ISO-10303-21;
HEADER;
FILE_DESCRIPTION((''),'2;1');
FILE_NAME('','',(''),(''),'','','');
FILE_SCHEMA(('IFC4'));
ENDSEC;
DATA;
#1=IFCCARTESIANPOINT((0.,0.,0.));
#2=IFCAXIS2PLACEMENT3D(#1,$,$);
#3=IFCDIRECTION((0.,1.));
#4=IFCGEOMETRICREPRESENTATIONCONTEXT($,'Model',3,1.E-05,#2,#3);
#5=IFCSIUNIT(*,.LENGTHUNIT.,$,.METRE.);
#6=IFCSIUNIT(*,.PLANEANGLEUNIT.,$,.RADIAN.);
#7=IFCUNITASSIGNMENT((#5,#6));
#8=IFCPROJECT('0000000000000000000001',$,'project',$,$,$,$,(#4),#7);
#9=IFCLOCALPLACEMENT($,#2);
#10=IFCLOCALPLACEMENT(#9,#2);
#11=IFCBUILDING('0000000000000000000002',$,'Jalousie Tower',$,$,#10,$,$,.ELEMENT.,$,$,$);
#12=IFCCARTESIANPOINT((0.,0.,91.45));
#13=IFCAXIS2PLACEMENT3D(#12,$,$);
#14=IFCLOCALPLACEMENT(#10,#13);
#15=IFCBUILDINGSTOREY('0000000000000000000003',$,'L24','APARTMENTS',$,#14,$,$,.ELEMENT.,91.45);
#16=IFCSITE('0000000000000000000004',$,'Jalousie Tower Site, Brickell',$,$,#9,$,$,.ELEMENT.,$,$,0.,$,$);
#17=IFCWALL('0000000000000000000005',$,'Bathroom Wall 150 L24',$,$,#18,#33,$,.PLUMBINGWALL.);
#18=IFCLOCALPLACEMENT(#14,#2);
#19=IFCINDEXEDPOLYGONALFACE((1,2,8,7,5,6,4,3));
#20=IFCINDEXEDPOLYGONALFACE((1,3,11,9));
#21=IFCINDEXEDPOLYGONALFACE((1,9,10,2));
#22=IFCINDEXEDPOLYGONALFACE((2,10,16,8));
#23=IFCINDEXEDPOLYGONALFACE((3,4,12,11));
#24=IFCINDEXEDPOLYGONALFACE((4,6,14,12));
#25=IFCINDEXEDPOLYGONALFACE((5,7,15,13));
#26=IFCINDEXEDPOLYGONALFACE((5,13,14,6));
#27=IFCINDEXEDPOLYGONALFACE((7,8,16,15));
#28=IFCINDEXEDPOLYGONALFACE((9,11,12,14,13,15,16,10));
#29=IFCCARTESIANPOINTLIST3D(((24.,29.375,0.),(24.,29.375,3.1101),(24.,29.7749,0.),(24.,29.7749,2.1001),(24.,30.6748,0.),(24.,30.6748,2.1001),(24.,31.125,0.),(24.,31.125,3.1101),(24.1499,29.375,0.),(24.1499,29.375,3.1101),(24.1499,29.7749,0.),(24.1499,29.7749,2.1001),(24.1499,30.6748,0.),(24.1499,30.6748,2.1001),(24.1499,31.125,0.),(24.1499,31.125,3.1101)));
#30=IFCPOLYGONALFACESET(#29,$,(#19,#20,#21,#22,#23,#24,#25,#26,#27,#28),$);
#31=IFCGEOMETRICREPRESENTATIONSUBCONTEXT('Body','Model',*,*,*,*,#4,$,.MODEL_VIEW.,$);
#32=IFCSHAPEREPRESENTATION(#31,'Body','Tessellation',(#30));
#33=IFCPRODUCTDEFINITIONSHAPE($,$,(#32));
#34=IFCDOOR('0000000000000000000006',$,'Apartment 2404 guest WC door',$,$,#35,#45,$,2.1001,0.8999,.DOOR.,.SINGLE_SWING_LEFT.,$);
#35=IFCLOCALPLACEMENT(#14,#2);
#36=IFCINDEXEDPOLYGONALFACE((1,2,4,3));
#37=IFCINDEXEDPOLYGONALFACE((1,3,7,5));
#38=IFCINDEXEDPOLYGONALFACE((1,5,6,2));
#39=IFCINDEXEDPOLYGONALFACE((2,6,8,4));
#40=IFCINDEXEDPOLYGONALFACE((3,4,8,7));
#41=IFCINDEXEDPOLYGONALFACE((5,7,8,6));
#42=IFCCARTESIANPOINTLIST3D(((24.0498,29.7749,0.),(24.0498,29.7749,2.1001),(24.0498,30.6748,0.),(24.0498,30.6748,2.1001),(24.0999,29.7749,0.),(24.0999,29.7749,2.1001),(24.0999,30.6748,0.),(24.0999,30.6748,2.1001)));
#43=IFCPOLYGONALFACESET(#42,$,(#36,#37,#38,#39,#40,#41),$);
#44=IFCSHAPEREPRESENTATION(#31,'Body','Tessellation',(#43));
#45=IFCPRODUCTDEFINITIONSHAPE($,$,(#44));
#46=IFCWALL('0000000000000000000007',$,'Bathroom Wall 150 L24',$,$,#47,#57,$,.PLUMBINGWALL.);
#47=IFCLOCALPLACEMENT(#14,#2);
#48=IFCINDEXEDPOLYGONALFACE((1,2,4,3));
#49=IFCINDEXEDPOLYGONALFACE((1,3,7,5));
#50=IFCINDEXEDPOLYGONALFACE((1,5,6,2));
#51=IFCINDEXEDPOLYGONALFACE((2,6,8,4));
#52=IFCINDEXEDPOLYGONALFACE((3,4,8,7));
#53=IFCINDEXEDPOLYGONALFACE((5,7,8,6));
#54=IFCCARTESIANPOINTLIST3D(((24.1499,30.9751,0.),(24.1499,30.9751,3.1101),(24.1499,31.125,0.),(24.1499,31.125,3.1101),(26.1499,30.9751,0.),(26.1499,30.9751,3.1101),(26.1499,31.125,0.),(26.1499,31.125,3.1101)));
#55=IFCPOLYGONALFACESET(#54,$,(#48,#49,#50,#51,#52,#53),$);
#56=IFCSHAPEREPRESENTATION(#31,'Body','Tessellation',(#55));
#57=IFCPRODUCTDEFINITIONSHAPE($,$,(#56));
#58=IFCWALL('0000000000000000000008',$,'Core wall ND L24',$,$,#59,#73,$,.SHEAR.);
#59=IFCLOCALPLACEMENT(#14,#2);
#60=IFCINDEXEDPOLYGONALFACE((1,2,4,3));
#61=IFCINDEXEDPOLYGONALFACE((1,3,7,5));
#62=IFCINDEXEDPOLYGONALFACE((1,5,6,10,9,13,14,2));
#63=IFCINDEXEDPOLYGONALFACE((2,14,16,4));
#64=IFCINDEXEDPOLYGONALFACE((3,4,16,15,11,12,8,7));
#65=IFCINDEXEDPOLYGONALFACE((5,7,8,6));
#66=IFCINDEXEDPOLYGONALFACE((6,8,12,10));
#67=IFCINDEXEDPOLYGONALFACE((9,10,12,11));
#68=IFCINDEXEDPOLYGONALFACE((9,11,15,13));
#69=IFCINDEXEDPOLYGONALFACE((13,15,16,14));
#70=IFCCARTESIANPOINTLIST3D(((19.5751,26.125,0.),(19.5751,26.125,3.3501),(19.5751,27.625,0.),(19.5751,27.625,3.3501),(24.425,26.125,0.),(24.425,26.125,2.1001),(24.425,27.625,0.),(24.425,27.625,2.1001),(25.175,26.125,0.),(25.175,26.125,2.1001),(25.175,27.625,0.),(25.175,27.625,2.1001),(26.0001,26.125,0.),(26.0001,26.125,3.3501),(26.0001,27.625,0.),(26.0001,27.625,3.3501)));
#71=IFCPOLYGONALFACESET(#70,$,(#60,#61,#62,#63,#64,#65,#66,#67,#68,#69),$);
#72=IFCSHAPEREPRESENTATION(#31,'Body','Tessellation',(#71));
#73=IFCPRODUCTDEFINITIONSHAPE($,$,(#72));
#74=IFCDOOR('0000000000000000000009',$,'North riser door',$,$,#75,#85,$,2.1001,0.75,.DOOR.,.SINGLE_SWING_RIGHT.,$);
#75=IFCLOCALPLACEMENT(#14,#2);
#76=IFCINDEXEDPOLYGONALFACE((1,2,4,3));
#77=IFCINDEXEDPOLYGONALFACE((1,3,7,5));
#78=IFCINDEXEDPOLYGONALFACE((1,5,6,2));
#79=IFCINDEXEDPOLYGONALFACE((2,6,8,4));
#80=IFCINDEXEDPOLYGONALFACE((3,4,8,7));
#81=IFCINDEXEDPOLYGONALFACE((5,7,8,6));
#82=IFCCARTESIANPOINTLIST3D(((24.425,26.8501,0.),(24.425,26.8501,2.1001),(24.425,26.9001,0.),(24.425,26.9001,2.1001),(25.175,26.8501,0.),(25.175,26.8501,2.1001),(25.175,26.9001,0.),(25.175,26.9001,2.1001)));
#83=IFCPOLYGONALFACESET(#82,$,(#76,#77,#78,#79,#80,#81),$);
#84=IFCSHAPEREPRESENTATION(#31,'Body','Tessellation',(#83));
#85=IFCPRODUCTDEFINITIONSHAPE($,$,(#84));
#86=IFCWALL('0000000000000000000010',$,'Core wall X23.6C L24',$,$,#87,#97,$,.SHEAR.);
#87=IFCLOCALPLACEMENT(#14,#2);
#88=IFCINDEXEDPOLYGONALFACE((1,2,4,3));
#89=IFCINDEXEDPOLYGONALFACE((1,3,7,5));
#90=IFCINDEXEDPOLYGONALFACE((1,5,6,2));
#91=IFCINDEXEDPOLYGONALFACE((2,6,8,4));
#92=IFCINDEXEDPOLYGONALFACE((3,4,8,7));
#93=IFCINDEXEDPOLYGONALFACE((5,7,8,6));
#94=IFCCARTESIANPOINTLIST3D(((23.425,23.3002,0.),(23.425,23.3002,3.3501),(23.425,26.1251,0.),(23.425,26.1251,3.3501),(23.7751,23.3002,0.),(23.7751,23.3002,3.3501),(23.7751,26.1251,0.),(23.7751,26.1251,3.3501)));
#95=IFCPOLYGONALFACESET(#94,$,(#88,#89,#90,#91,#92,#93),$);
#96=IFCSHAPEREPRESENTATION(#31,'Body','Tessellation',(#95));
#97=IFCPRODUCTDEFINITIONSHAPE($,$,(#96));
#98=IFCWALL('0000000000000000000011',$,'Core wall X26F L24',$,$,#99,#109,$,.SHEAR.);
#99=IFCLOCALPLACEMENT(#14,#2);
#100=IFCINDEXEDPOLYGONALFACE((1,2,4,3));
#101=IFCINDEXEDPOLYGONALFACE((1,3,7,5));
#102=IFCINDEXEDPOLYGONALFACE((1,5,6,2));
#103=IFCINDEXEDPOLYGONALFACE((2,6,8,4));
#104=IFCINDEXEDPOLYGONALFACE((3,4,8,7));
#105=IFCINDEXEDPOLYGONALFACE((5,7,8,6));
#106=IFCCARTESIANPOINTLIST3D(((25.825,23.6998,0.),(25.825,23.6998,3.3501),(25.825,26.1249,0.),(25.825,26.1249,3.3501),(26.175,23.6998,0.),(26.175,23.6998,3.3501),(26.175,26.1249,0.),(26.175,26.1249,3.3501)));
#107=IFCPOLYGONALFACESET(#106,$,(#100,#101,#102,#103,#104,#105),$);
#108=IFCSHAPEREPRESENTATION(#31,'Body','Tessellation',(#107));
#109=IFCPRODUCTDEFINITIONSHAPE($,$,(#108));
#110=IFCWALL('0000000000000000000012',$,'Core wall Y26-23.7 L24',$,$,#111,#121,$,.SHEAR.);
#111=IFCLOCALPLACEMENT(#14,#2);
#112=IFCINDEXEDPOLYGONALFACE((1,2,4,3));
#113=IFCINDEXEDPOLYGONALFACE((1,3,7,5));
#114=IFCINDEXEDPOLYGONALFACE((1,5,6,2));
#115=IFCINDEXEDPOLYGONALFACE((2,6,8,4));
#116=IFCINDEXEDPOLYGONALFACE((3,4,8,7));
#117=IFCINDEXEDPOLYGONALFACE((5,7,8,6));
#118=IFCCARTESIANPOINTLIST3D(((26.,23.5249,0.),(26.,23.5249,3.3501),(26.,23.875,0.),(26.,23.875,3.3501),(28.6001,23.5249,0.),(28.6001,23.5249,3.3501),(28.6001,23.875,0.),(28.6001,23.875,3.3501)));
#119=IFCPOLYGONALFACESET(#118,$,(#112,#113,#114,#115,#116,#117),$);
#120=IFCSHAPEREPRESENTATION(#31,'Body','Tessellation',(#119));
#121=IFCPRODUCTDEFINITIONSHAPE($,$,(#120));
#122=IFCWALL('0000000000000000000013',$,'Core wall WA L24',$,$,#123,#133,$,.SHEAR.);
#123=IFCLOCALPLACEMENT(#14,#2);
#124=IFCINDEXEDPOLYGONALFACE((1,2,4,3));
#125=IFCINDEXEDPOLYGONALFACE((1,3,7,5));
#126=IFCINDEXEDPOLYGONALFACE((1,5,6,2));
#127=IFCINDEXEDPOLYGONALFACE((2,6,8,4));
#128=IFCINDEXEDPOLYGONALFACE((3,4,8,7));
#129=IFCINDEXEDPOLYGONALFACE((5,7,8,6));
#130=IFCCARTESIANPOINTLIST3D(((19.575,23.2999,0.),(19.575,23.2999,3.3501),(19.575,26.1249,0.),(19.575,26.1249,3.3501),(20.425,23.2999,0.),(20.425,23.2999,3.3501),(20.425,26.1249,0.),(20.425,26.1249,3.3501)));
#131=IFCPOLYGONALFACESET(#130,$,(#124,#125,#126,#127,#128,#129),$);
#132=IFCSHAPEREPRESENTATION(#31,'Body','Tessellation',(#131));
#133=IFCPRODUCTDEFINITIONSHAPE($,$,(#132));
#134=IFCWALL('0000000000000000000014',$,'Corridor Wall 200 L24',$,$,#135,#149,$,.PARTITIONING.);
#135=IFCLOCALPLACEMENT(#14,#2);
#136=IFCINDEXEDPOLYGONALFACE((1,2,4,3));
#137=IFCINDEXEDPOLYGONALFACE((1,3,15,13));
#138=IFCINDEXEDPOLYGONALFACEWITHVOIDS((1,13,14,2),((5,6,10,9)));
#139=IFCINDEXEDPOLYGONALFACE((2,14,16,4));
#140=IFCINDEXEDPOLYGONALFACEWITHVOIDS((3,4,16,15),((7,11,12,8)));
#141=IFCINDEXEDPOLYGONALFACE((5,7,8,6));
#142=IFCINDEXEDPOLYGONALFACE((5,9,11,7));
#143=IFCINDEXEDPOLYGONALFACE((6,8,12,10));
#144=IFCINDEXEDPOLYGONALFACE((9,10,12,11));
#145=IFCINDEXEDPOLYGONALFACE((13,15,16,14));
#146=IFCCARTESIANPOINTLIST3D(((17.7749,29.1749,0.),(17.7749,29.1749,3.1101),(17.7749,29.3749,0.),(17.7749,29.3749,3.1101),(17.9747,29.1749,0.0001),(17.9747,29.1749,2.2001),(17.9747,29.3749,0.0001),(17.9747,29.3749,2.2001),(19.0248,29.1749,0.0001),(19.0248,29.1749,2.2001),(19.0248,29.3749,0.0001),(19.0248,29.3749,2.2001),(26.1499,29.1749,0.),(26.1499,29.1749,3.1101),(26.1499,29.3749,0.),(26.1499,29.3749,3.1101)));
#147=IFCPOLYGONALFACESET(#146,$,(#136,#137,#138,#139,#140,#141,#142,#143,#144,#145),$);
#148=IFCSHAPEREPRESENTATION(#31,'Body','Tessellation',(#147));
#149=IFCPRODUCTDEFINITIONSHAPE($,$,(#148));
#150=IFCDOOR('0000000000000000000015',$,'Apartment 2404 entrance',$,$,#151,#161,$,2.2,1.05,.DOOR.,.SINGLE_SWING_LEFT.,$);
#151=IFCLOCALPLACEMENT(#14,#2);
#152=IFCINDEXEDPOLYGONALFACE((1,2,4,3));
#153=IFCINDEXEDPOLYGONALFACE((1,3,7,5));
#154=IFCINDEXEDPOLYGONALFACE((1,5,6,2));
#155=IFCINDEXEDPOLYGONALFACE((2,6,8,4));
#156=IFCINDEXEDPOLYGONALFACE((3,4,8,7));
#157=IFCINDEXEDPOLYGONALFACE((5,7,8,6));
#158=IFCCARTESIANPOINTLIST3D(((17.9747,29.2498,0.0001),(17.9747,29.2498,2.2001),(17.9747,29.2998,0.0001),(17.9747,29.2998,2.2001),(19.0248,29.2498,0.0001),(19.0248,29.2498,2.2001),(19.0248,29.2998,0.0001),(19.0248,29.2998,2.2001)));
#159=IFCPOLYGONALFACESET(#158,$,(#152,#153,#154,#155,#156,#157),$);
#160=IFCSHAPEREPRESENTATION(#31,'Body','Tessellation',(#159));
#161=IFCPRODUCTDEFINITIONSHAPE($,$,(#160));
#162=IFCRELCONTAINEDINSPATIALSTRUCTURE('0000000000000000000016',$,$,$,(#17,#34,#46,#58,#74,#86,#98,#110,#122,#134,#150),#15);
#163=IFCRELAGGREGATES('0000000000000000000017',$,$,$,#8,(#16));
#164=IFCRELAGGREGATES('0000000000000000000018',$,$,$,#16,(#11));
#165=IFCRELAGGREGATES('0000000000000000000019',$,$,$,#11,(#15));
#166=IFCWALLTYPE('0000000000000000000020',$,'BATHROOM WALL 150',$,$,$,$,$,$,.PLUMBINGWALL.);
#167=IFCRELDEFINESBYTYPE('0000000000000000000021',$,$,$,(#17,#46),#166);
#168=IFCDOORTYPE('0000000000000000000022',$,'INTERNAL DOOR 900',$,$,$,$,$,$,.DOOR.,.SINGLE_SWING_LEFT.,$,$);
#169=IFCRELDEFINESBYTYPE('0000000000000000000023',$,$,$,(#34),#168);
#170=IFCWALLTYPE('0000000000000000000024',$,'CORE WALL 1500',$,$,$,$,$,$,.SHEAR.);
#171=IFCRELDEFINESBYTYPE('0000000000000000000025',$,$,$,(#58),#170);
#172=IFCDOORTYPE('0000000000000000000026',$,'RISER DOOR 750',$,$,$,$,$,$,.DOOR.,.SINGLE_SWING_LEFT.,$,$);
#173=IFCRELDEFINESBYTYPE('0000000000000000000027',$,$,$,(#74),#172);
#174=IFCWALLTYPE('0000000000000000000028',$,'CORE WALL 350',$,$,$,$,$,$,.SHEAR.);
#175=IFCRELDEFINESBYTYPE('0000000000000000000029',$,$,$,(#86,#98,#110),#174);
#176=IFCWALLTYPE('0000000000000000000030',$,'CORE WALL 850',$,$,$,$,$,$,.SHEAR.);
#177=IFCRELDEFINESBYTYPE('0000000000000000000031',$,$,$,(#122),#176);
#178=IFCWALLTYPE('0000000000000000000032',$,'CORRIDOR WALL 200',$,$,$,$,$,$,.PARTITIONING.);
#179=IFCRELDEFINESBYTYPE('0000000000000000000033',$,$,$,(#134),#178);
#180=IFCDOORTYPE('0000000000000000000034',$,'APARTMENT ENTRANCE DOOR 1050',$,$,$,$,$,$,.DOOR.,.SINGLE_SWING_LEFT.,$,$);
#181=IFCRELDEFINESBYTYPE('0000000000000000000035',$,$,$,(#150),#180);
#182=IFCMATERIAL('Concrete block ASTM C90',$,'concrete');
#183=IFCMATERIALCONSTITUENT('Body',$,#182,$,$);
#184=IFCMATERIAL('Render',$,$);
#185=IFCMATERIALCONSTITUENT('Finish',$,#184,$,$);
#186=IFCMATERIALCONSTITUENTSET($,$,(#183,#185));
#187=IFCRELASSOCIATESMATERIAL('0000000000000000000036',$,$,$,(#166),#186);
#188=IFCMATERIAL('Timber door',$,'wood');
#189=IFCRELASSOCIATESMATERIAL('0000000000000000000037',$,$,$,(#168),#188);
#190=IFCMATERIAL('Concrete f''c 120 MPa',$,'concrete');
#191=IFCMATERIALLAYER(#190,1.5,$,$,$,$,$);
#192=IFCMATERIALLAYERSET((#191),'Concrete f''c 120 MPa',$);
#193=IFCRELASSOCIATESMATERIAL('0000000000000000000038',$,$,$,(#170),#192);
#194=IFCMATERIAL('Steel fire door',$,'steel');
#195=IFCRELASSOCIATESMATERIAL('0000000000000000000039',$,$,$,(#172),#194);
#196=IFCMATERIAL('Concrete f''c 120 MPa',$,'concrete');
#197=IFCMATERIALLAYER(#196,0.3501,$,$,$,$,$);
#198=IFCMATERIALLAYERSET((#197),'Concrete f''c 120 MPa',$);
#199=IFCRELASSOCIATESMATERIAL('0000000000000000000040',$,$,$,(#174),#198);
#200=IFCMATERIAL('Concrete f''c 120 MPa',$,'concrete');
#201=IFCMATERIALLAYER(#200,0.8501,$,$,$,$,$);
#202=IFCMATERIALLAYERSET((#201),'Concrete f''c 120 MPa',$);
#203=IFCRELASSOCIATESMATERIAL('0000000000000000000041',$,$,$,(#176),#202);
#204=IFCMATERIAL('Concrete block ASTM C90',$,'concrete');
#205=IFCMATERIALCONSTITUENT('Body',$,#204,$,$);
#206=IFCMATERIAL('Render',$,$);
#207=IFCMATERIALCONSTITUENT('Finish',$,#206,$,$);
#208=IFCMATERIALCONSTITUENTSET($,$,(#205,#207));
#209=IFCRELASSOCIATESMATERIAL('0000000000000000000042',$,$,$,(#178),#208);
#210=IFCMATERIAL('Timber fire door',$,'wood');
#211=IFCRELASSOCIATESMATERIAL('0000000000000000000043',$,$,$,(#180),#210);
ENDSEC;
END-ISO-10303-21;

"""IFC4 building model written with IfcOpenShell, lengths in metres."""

from ifc_helpers import new_model, si_unit, direction, frame, frame_2d, origin, place, context, subcontext, project, spatial, rectangle, extrude, material, layer, layer_set, constituent, constituent_set, type_object, element, fill, save


model = new_model("IFC4")

# Units and contexts
model_context = context("Model", 3, precision=1e-05, world=origin(), true_north=direction((0.0, 1.0)))
body_context = subcontext(model_context, "Body", "Model", "MODEL_VIEW")
ifc_project = project(units=[si_unit("LENGTHUNIT", "METRE"), si_unit("PLANEANGLEUNIT", "RADIAN")], contexts=[model_context])

# Site, building, storey
site_placement = place(None, origin())
site = spatial("IfcSite", under=ifc_project, at=site_placement, Name="Jalousie Tower Site, Brickell", CompositionType="ELEMENT", RefElevation=0.0)
building_placement = place(site_placement, origin())
building = spatial("IfcBuilding", under=site, at=building_placement, Name="Jalousie Tower", CompositionType="ELEMENT")
storey_placement = place(building_placement, frame((0.0, 0.0, 91.45)))
storey = spatial("IfcBuildingStorey", under=building, at=storey_placement, Name="L24", Description="APARTMENTS", CompositionType="ELEMENT", Elevation=91.45)

# Wall, opening, door
ifc_material_1 = material(Name="Concrete block ASTM C90", Category="concrete")
ifc_constituent_1 = constituent(ifc_material_1, Name="Body")
ifc_material_2 = material(Name="Render")
ifc_constituent_2 = constituent(ifc_material_2, Name="Finish")
ifc_constituent_set_1 = constituent_set(constituents=[ifc_constituent_1, ifc_constituent_2])
wall_type_1 = type_object("IfcWallType", Name="BATHROOM WALL 150", PredefinedType="PLUMBINGWALL", material=ifc_constituent_set_1)
wall_1_placement = place(storey_placement, frame((24.075, 29.375, 0.0), z_axis=(0.0, 0.0, 1.0), x_axis=(0.0, 1.0, 0.0)))
wall_1 = element("IfcWall", 1, at=wall_1_placement, inside=storey, type_object=wall_type_1, Name="Bathroom Wall 150 L24", PredefinedType="PLUMBINGWALL", context=body_context, shape_type="SweptSolid", body=[
    extrude(rectangle(XDim=1.75, YDim=0.1499, at=frame_2d((0.875, 0.0))), origin(), (0.0, 0.0, 1.0), 3.1101),
])
opening_1_placement = place(wall_1_placement, frame((0.3999, 0.0, 0.0)))
opening_1 = element("IfcOpeningElement", 2, at=opening_1_placement, cuts=wall_1, PredefinedType="OPENING", context=body_context, shape_type="SweptSolid", body=[
    extrude(rectangle(XDim=0.8999, YDim=2.1001, at=frame_2d((0.45, 1.05))), frame((0.0, 0.085, 0.0), z_axis=(0.0, -1.0, 0.0), x_axis=(1.0, 0.0, 0.0)), (0.0, 0.0, 1.0), 0.1699),
])
ifc_material_3 = material(Name="Timber door", Category="wood")
door_type_1 = type_object("IfcDoorType", Name="INTERNAL DOOR 900", OperationType="SINGLE_SWING_LEFT", PredefinedType="DOOR", material=ifc_material_3)
door_1_placement = place(opening_1_placement, frame((0.8999, 0.0, 0.0), z_axis=(0.0, 0.0, 1.0), x_axis=(-1.0, 0.0, 0.0)))
door_1 = element("IfcDoor", 3, at=door_1_placement, inside=storey, type_object=door_type_1, Name="Apartment 2404 guest WC door", OperationType="SINGLE_SWING_LEFT", OverallHeight=2.1001, OverallWidth=0.8999, PredefinedType="DOOR", context=body_context, shape_type="SweptSolid", body=[
    extrude(rectangle(XDim=0.8999, YDim=2.1001, at=frame_2d((0.45, 1.05))), frame((0.0, 0.0249, 0.0), z_axis=(0.0, -1.0, 0.0), x_axis=(1.0, 0.0, 0.0)), (0.0, 0.0, 1.0), 0.05),
])
fill(opening_1, door_1)

# Wall
wall_2_placement = place(storey_placement, frame((26.1499, 31.05, 0.0), z_axis=(0.0, 0.0, 1.0), x_axis=(-1.0, 0.0, 0.0)))
element("IfcWall", 4, at=wall_2_placement, inside=storey, type_object=wall_type_1, Name="Bathroom Wall 150 L24", PredefinedType="PLUMBINGWALL", context=body_context, shape_type="SweptSolid", body=[
    extrude(rectangle(XDim=2.0, YDim=0.1499, at=frame_2d((1.0, 0.0))), origin(), (0.0, 0.0, 1.0), 3.1101),
])

# Wall, opening, door
ifc_material_4 = material(Name="Concrete f'c 120 MPa", Category="concrete")
ifc_layer_1 = layer(ifc_material_4, 1.5)
ifc_layer_set_1 = layer_set([ifc_layer_1], Name="Concrete f'c 120 MPa")
wall_type_2 = type_object("IfcWallType", Name="CORE WALL 1500", PredefinedType="SHEAR", material=ifc_layer_set_1)
wall_3_placement = place(storey_placement, frame((26.0, 26.875, 0.0), z_axis=(0.0, 0.0, 1.0), x_axis=(-1.0, 0.0, 0.0)))
wall_3 = element("IfcWall", 5, at=wall_3_placement, inside=storey, type_object=wall_type_2, Name="Core wall ND L24", PredefinedType="SHEAR", context=body_context, shape_type="SweptSolid", body=[
    extrude(rectangle(XDim=6.425, YDim=1.5, at=frame_2d((3.2124, 0.0))), origin(), (0.0, 0.0, 1.0), 3.3501),
])
opening_2_placement = place(wall_3_placement, frame((0.825, 0.0, 0.0)))
opening_2 = element("IfcOpeningElement", 6, at=opening_2_placement, cuts=wall_3, PredefinedType="OPENING", context=body_context, shape_type="SweptSolid", body=[
    extrude(rectangle(XDim=0.75, YDim=2.1001, at=frame_2d((0.375, 1.05))), frame((0.0, 0.76, 0.0), z_axis=(0.0, -1.0, 0.0), x_axis=(1.0, 0.0, 0.0)), (0.0, 0.0, 1.0), 1.52),
])
ifc_material_5 = material(Name="Steel fire door", Category="steel")
door_type_2 = type_object("IfcDoorType", Name="RISER DOOR 750", OperationType="SINGLE_SWING_LEFT", PredefinedType="DOOR", material=ifc_material_5)
door_2_placement = place(opening_2_placement, origin())
door_2 = element("IfcDoor", 7, at=door_2_placement, inside=storey, type_object=door_type_2, Name="North riser door", OperationType="SINGLE_SWING_RIGHT", OverallHeight=2.1001, OverallWidth=0.75, PredefinedType="DOOR", context=body_context, shape_type="SweptSolid", body=[
    extrude(rectangle(XDim=0.75, YDim=2.1001, at=frame_2d((0.375, 1.05))), frame((0.0, 0.0249, 0.0), z_axis=(0.0, -1.0, 0.0), x_axis=(1.0, 0.0, 0.0)), (0.0, 0.0, 1.0), 0.05),
])
fill(opening_2, door_2)

# Walls
ifc_material_6 = material(Name="Concrete f'c 120 MPa", Category="concrete")
ifc_layer_2 = layer(ifc_material_6, 0.3501)
ifc_layer_set_2 = layer_set([ifc_layer_2], Name="Concrete f'c 120 MPa")
wall_type_3 = type_object("IfcWallType", Name="CORE WALL 350", PredefinedType="SHEAR", material=ifc_layer_set_2)
wall_4_placement = place(storey_placement, frame((23.6001, 23.3, 0.0), z_axis=(0.0, 0.0, 1.0), x_axis=(0.0, 1.0, 0.0)))
element("IfcWall", 8, at=wall_4_placement, inside=storey, type_object=wall_type_3, Name="Core wall X23.6C L24", PredefinedType="SHEAR", context=body_context, shape_type="SweptSolid", body=[
    extrude(rectangle(XDim=2.825, YDim=0.3501, at=frame_2d((1.4126, 0.0))), origin(), (0.0, 0.0, 1.0), 3.3501),
])
wall_5_placement = place(storey_placement, frame((26.0, 23.7, 0.0), z_axis=(0.0, 0.0, 1.0), x_axis=(0.0, 1.0, 0.0)))
element("IfcWall", 9, at=wall_5_placement, inside=storey, type_object=wall_type_3, Name="Core wall X26F L24", PredefinedType="SHEAR", context=body_context, shape_type="SweptSolid", body=[
    extrude(rectangle(XDim=2.425, YDim=0.3501, at=frame_2d((1.2124, 0.0))), origin(), (0.0, 0.0, 1.0), 3.3501),
])
wall_6_placement = place(storey_placement, frame((26.0, 23.7, 0.0), z_axis=(0.0, 0.0, 1.0), x_axis=(1.0, 0.0, 0.0)))
element("IfcWall", 10, at=wall_6_placement, inside=storey, type_object=wall_type_3, Name="Core wall Y26-23.7 L24", PredefinedType="SHEAR", context=body_context, shape_type="SweptSolid", body=[
    extrude(rectangle(XDim=2.6001, YDim=0.3501, at=frame_2d((1.3, 0.0))), origin(), (0.0, 0.0, 1.0), 3.3501),
])
ifc_material_7 = material(Name="Concrete f'c 120 MPa", Category="concrete")
ifc_layer_3 = layer(ifc_material_7, 0.8501)
ifc_layer_set_3 = layer_set([ifc_layer_3], Name="Concrete f'c 120 MPa")
wall_type_4 = type_object("IfcWallType", Name="CORE WALL 850", PredefinedType="SHEAR", material=ifc_layer_set_3)
wall_7_placement = place(storey_placement, frame((20.0, 26.125, 0.0), z_axis=(0.0, 0.0, 1.0), x_axis=(0.0, -1.0, 0.0)))
element("IfcWall", 11, at=wall_7_placement, inside=storey, type_object=wall_type_4, Name="Core wall WA L24", PredefinedType="SHEAR", context=body_context, shape_type="SweptSolid", body=[
    extrude(rectangle(XDim=2.825, YDim=0.8501, at=frame_2d((1.4126, 0.0))), origin(), (0.0, 0.0, 1.0), 3.3501),
])

# Wall, opening, door
ifc_material_8 = material(Name="Concrete block ASTM C90", Category="concrete")
ifc_constituent_3 = constituent(ifc_material_8, Name="Body")
ifc_material_9 = material(Name="Render")
ifc_constituent_4 = constituent(ifc_material_9, Name="Finish")
ifc_constituent_set_2 = constituent_set(constituents=[ifc_constituent_3, ifc_constituent_4])
wall_type_5 = type_object("IfcWallType", Name="CORRIDOR WALL 200", PredefinedType="PARTITIONING", material=ifc_constituent_set_2)
wall_8_placement = place(storey_placement, frame((17.7749, 29.2749, 0.0), z_axis=(0.0, 0.0, 1.0), x_axis=(1.0, 0.0, 0.0)))
wall_8 = element("IfcWall", 12, at=wall_8_placement, inside=storey, type_object=wall_type_5, Name="Corridor Wall 200 L24", PredefinedType="PARTITIONING", context=body_context, shape_type="SweptSolid", body=[
    extrude(rectangle(XDim=8.375, YDim=0.2, at=frame_2d((4.1875, 0.0))), origin(), (0.0, 0.0, 1.0), 3.1101),
])
opening_3_placement = place(wall_8_placement, frame((0.2, 0.0, 0.0)))
opening_3 = element("IfcOpeningElement", 13, at=opening_3_placement, cuts=wall_8, PredefinedType="OPENING", context=body_context, shape_type="SweptSolid", body=[
    extrude(rectangle(XDim=1.05, YDim=2.2, at=frame_2d((0.5249, 1.1001))), frame((0.0, 0.1099, 0.0), z_axis=(0.0, -1.0, 0.0), x_axis=(1.0, 0.0, 0.0)), (0.0, 0.0, 1.0), 0.22),
])
ifc_material_10 = material(Name="Timber fire door", Category="wood")
door_type_3 = type_object("IfcDoorType", Name="APARTMENT ENTRANCE DOOR 1050", OperationType="SINGLE_SWING_LEFT", PredefinedType="DOOR", material=ifc_material_10)
door_3_placement = place(opening_3_placement, origin())
door_3 = element("IfcDoor", 14, at=door_3_placement, inside=storey, type_object=door_type_3, Name="Apartment 2404 entrance", OperationType="SINGLE_SWING_LEFT", OverallHeight=2.2, OverallWidth=1.05, PredefinedType="DOOR", context=body_context, shape_type="SweptSolid", body=[
    extrude(rectangle(XDim=1.05, YDim=2.2, at=frame_2d((0.5249, 1.1001))), frame((0.0, 0.0249, 0.0), z_axis=(0.0, -1.0, 0.0), x_axis=(1.0, 0.0, 0.0)), (0.0, 0.0, 1.0), 0.05),
])
fill(opening_3, door_3)

save(model, "model.ifc")
